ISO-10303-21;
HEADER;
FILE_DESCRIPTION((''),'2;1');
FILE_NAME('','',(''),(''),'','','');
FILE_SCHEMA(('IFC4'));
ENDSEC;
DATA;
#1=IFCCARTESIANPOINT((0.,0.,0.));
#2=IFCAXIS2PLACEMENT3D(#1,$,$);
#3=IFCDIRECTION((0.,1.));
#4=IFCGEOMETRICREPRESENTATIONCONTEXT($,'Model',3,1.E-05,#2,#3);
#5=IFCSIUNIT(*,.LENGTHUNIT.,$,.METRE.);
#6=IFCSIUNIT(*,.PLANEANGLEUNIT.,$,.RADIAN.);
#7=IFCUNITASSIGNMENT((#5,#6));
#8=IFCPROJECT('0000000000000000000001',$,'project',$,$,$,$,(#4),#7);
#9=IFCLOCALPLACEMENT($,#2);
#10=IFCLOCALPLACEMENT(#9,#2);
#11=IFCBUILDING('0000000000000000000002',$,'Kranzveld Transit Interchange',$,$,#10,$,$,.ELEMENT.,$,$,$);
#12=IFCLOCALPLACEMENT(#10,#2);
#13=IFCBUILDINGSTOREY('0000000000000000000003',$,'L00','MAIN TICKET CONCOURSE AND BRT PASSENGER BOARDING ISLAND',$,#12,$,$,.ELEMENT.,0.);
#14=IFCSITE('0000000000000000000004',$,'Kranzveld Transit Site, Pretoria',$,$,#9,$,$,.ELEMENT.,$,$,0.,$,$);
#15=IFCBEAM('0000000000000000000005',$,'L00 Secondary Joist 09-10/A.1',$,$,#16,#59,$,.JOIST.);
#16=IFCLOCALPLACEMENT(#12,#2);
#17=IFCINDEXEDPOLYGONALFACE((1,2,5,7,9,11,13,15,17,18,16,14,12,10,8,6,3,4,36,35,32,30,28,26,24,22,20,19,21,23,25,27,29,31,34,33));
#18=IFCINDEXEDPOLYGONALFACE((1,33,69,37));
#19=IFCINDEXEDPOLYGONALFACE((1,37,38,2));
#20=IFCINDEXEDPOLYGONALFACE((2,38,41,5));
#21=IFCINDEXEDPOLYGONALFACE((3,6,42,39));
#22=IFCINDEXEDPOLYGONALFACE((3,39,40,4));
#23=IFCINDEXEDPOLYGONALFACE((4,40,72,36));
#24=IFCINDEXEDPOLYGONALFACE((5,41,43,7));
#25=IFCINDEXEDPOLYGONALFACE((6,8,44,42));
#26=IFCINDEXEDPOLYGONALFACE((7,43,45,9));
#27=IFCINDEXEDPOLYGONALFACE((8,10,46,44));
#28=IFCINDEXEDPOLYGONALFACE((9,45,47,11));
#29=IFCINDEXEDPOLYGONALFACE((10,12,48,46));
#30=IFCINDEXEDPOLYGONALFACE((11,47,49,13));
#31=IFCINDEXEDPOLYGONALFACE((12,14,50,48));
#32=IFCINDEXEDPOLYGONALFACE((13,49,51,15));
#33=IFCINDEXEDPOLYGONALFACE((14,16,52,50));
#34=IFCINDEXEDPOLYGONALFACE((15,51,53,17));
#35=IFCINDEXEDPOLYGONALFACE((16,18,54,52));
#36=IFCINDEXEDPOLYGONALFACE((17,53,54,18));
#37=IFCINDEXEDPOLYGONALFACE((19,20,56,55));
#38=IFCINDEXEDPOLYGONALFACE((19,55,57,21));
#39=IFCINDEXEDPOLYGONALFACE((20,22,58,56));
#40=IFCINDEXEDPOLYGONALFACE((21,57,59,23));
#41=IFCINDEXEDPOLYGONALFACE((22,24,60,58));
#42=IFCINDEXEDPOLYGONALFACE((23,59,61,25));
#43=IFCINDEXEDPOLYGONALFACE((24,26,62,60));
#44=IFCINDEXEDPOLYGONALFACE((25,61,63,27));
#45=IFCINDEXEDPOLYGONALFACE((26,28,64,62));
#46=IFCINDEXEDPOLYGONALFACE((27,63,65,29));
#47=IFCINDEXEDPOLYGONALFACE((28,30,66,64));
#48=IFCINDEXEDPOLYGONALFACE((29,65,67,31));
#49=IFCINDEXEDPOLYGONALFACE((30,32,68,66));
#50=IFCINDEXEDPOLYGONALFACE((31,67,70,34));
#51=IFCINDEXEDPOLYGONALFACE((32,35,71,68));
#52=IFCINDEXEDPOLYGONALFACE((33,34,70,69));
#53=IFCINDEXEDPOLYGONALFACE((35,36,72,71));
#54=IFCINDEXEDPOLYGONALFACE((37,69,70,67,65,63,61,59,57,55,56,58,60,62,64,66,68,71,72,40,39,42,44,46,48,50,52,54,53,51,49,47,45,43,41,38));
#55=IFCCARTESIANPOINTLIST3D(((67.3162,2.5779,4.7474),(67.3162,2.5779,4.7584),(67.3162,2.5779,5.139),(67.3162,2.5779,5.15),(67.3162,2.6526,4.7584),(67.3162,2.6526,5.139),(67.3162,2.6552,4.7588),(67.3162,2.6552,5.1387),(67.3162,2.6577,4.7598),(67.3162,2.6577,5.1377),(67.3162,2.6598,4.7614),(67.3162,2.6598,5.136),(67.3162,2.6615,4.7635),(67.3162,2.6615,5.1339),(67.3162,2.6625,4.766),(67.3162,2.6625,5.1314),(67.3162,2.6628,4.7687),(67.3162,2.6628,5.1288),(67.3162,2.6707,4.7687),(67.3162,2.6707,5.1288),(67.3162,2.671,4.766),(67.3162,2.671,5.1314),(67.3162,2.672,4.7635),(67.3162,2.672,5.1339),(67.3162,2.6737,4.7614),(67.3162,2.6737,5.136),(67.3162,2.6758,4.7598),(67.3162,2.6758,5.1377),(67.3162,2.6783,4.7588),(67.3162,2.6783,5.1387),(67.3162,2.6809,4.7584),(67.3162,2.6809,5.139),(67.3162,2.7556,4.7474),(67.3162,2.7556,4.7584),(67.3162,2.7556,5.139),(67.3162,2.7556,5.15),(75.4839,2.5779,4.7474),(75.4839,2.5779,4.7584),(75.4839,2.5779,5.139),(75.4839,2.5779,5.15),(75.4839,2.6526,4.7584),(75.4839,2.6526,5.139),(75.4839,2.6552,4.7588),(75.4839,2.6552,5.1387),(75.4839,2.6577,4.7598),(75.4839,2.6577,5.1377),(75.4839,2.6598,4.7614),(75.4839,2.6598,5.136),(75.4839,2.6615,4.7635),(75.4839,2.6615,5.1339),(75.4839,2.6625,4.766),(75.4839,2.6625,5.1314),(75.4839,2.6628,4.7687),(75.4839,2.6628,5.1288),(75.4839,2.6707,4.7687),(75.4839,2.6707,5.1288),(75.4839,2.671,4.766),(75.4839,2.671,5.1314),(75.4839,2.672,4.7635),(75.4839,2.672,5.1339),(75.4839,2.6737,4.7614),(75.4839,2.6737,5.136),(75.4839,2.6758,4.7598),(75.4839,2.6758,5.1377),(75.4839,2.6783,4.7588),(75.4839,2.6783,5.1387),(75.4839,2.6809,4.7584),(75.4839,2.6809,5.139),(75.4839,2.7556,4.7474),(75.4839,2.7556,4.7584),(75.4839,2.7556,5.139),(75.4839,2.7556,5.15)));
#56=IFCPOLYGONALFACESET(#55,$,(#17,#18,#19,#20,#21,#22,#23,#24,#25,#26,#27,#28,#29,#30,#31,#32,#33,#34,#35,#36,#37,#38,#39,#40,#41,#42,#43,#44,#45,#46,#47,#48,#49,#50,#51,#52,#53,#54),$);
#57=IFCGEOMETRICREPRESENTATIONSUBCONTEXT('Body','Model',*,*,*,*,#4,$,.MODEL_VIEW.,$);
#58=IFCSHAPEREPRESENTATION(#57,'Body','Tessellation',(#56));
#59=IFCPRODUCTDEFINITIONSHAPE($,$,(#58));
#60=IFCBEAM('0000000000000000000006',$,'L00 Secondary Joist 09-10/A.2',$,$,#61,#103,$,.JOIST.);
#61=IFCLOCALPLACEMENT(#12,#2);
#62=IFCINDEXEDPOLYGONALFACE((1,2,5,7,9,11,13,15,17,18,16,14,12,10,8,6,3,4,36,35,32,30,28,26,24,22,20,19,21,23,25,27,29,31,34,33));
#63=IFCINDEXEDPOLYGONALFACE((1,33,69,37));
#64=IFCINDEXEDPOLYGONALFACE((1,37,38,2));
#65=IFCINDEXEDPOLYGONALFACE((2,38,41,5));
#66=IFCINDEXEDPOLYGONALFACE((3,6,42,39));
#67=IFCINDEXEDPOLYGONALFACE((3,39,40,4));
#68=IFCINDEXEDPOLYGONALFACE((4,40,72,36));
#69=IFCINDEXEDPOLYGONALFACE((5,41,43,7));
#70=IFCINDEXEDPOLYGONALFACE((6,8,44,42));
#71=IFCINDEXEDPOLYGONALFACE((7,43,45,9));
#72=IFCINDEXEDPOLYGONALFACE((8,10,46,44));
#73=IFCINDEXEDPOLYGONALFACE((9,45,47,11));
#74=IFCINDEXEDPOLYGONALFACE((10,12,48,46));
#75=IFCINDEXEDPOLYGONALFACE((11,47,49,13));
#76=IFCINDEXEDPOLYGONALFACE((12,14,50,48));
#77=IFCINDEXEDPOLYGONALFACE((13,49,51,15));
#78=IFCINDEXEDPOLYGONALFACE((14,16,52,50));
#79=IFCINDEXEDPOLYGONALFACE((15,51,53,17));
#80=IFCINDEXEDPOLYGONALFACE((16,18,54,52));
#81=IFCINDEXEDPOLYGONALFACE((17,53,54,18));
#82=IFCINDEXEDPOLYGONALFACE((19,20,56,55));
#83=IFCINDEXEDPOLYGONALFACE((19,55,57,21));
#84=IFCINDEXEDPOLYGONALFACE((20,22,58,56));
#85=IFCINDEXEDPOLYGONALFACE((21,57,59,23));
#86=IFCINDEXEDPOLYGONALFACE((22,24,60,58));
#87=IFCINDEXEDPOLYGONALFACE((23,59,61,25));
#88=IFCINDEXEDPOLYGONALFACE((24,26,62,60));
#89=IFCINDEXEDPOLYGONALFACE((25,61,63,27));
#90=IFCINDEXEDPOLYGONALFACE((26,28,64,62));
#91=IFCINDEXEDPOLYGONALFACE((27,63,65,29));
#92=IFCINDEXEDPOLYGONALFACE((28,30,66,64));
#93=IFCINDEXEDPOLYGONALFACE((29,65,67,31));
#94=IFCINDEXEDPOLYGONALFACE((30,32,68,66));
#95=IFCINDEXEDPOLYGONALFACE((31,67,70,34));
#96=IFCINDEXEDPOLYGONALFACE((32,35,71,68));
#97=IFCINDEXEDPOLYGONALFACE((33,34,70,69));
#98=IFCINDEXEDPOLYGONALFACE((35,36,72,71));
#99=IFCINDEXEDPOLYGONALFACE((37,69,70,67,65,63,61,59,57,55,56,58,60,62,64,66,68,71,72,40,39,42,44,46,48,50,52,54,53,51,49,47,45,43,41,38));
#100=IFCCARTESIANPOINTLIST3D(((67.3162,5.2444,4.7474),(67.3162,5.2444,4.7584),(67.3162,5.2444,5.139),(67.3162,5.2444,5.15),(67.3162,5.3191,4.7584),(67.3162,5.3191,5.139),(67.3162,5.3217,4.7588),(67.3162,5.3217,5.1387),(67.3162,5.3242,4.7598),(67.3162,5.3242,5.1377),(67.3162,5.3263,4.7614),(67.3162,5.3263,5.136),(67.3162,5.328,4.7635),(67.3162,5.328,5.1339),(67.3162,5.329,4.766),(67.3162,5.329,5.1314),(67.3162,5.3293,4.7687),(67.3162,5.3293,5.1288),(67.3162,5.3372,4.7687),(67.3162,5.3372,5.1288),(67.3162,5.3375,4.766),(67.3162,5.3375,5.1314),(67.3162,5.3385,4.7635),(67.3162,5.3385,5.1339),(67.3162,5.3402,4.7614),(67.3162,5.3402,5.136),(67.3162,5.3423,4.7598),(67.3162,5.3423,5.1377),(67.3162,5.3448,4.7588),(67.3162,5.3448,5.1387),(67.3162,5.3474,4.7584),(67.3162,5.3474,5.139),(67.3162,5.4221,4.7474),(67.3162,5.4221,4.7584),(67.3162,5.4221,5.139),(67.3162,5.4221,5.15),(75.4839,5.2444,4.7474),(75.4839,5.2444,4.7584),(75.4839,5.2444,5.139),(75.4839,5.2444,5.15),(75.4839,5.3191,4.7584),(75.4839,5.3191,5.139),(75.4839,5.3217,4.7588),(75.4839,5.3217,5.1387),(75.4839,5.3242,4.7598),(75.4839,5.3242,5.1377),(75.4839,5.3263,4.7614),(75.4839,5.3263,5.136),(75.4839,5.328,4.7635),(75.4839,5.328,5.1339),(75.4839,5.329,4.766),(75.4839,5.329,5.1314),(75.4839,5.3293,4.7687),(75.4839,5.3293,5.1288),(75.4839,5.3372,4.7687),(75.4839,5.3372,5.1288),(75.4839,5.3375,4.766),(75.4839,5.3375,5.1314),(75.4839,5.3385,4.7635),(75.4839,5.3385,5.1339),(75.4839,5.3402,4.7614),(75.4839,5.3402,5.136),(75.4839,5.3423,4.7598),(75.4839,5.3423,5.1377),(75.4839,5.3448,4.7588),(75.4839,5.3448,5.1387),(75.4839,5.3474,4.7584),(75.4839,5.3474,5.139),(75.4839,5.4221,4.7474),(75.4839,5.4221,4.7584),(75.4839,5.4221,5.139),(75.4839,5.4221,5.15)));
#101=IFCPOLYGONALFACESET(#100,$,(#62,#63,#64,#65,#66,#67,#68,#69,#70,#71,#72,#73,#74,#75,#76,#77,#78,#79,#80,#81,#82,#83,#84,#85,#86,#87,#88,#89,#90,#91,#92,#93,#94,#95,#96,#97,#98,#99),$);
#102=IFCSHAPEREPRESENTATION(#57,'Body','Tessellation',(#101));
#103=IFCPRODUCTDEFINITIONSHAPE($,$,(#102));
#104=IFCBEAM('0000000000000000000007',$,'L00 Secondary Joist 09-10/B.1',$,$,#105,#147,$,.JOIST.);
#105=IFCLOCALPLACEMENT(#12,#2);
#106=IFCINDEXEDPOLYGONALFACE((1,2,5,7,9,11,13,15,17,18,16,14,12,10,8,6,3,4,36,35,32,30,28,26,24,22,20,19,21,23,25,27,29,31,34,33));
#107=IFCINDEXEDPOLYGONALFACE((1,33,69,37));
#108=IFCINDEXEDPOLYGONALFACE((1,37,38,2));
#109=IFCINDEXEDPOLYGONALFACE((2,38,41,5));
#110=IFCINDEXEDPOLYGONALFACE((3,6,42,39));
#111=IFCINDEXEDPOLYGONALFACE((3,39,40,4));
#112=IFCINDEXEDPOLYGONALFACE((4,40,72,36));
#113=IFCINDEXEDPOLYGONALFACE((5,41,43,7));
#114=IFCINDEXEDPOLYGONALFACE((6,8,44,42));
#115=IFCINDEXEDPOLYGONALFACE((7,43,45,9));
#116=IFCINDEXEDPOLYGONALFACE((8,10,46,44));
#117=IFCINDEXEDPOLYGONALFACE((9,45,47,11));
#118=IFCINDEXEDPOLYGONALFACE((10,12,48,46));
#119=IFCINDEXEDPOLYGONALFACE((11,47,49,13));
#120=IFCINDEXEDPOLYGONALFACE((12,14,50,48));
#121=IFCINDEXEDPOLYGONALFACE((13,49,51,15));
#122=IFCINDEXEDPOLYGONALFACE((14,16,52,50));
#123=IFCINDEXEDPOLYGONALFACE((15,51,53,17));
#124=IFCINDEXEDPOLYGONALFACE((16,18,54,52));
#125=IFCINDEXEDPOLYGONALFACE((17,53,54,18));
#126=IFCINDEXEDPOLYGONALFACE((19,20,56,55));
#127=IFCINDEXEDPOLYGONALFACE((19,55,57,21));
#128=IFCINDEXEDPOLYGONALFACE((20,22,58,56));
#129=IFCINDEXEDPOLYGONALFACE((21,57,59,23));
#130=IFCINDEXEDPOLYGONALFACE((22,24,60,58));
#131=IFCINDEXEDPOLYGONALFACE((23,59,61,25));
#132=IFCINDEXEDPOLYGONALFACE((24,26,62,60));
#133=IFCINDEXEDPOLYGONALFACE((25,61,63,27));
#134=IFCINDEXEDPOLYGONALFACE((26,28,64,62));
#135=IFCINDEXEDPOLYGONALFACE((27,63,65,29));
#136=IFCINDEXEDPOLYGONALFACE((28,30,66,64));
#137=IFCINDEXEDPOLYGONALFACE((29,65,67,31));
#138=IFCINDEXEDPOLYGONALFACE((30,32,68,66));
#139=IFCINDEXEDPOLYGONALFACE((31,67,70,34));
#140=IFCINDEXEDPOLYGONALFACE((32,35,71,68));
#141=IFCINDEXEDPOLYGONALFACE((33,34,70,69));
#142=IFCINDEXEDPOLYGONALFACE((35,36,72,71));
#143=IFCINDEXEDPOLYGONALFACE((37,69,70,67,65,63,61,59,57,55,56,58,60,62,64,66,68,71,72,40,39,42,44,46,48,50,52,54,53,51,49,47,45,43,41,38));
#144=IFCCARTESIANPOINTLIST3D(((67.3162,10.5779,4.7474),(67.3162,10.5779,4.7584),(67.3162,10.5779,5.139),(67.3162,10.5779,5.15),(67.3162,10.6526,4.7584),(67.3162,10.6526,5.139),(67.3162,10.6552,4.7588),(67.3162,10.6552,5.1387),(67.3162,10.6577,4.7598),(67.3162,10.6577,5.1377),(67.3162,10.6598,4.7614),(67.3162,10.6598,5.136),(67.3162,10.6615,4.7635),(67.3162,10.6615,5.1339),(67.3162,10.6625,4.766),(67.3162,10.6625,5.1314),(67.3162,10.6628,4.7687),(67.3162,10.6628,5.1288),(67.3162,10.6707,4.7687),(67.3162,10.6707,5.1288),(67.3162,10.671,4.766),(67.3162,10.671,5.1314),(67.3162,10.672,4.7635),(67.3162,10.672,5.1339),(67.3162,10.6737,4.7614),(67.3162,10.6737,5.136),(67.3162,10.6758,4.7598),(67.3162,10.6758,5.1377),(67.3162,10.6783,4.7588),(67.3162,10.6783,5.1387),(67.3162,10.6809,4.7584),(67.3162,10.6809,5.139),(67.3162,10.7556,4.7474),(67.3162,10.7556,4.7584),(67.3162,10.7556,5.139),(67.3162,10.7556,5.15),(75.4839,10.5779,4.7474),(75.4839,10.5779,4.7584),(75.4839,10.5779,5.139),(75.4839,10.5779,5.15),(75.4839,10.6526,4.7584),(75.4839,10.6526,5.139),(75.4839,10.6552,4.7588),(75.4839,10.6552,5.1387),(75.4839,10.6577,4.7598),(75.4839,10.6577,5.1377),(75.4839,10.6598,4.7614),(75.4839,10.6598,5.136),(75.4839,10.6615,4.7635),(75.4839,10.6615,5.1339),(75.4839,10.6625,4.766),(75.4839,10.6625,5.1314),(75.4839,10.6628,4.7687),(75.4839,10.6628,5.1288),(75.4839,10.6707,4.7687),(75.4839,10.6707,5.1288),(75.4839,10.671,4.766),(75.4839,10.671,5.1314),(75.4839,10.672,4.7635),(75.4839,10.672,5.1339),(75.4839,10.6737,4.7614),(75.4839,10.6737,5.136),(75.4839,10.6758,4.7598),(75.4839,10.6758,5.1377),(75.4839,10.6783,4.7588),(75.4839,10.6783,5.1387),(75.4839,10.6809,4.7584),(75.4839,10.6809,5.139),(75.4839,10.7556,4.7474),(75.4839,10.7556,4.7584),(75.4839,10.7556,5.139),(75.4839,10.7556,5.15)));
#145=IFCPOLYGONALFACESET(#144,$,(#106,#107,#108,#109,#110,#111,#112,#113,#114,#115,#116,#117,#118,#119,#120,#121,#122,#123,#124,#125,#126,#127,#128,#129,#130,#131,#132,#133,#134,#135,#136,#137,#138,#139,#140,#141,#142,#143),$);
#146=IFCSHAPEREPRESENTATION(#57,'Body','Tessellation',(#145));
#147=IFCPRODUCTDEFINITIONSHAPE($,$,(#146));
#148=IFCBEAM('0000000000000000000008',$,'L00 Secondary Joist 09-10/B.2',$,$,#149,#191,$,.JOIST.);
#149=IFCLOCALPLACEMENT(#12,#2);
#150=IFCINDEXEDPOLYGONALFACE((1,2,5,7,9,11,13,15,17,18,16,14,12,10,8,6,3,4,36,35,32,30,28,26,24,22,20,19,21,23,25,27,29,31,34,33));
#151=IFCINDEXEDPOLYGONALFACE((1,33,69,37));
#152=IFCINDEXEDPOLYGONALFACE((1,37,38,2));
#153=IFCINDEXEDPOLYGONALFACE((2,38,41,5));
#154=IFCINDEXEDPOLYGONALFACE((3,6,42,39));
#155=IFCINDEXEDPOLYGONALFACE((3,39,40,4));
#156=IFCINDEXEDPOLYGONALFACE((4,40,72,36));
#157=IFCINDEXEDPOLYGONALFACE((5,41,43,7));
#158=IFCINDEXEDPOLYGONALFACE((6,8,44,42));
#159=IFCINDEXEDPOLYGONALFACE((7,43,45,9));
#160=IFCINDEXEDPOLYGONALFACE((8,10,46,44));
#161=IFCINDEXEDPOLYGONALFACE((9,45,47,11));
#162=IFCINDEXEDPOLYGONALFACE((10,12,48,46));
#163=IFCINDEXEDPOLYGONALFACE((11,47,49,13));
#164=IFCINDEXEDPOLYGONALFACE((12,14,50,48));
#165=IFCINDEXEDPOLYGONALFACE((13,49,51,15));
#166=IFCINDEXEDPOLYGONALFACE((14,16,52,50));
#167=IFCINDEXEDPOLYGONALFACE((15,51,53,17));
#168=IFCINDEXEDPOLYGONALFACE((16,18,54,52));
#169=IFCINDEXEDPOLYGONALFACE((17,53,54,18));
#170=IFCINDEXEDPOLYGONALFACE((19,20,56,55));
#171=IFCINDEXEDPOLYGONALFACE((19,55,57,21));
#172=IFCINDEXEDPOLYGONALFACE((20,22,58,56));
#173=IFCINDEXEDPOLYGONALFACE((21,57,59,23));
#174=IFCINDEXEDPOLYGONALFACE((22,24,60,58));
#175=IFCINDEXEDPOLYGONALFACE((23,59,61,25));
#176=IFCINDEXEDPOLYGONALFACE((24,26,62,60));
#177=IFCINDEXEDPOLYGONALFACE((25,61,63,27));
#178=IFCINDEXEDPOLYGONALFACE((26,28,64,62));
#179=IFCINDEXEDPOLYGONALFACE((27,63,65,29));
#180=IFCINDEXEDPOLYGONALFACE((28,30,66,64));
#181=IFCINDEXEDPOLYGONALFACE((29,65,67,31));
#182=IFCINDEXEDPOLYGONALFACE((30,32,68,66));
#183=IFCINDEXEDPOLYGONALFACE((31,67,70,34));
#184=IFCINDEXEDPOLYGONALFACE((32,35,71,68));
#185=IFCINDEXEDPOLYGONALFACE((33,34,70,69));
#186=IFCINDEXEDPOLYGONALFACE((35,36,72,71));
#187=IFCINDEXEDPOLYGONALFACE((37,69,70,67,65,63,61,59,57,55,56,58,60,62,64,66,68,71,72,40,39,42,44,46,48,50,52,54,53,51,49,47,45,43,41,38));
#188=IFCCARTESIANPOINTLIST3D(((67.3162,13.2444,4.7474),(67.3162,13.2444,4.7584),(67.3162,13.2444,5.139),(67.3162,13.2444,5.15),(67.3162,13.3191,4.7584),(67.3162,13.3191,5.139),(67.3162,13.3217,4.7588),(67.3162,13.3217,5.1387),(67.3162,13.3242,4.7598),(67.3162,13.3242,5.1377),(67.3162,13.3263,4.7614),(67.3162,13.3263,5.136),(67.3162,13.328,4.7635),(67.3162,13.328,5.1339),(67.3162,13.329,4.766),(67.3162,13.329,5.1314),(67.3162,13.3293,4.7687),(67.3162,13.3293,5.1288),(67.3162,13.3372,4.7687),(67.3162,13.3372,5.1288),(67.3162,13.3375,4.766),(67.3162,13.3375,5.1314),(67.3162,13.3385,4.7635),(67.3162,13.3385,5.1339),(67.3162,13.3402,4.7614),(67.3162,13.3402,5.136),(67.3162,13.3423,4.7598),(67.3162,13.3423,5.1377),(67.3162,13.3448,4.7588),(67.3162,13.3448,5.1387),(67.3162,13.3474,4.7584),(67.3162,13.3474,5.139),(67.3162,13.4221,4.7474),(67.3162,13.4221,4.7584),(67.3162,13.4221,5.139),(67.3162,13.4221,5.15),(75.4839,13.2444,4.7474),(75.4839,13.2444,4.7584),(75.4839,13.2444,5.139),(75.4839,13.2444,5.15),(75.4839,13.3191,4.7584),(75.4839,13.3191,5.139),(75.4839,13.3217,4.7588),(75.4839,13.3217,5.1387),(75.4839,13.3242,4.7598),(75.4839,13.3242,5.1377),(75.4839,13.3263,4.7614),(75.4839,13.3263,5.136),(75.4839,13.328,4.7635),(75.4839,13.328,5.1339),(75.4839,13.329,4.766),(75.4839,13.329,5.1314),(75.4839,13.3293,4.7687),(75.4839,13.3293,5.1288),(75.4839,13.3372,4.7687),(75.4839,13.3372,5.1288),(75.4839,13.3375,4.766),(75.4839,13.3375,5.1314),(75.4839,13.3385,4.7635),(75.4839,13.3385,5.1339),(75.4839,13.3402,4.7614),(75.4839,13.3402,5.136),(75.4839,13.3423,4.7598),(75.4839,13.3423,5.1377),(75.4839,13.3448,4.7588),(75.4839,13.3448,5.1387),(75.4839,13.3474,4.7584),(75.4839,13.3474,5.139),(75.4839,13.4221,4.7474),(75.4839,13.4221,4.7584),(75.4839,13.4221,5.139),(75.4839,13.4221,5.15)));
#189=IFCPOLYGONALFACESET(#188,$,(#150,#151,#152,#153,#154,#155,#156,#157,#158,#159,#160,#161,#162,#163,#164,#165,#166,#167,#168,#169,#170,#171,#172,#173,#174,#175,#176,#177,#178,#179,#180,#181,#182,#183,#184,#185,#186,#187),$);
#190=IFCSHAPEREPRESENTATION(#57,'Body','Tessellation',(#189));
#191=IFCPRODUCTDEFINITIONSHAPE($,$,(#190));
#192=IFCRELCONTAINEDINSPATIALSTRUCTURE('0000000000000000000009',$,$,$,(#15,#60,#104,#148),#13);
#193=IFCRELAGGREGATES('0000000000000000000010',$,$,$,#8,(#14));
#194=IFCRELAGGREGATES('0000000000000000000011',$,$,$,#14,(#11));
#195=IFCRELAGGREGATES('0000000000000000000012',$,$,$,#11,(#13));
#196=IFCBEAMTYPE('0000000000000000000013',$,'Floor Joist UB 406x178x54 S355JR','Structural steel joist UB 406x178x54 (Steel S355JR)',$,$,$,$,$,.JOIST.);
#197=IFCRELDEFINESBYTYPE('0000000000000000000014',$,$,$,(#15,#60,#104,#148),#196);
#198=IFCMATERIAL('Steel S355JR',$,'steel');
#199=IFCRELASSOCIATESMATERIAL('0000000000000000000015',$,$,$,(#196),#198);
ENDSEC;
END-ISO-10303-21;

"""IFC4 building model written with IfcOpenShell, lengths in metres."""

from ifc_helpers import new_model, si_unit, direction, frame, origin, origin_2d, place, context, subcontext, project, spatial, i_section, extrude, material, material_profile, profile_set, type_object, element, save


model = new_model("IFC4")

# Units and contexts
model_context = context("Model", 3, precision=1e-05, world=origin(), true_north=direction((0.0, 1.0)))
body_context = subcontext(model_context, "Body", "Model", "MODEL_VIEW")
ifc_project = project(units=[si_unit("LENGTHUNIT", "METRE"), si_unit("PLANEANGLEUNIT", "RADIAN")], contexts=[model_context])

# Site, building, storey
site_placement = place(None, origin())
site = spatial("IfcSite", under=ifc_project, at=site_placement, Name="Kranzveld Transit Site, Pretoria", CompositionType="ELEMENT", RefElevation=0.0)
building_placement = place(site_placement, origin())
building = spatial("IfcBuilding", under=site, at=building_placement, Name="Kranzveld Transit Interchange", CompositionType="ELEMENT")
storey_placement = place(building_placement, origin())
storey = spatial("IfcBuildingStorey", under=building, at=storey_placement, Name="L00", Description="MAIN TICKET CONCOURSE AND BRT PASSENGER BOARDING ISLAND", CompositionType="ELEMENT", Elevation=0.0)

# Beams
ifc_material_1 = material(Name="Steel S355JR", Category="steel")
ifc_material_profile_1 = material_profile(ifc_material_1, i_section(OverallWidth=0.1777, OverallDepth=0.4026, WebThickness=0.0078, FlangeThickness=0.011, FilletRadius=0.0103, at=origin_2d()), Name="UB 406x178x54")
ifc_profile_set_1 = profile_set([ifc_material_profile_1], Name="Steel S355JR")
beam_type_1 = type_object("IfcBeamType", Name="Floor Joist UB 406x178x54 S355JR", Description="Structural steel joist UB 406x178x54 (Steel S355JR)", PredefinedType="JOIST", material=ifc_profile_set_1)
for number, where, z_axis, x_axis, name in (
    (1, (67.3162, 2.6667, 4.9487), (1.0, 0.0, 0.0), (0.0, 1.0, 0.0), "L00 Secondary Joist 09-10/A.1"),
    (2, (67.3162, 5.3333, 4.9487), (1.0, 0.0, 0.0), (0.0, 1.0, 0.0), "L00 Secondary Joist 09-10/A.2"),
    (3, (67.3162, 10.6667, 4.9487), (1.0, 0.0, 0.0), (0.0, 1.0, 0.0), "L00 Secondary Joist 09-10/B.1"),
    (4, (67.3162, 13.3333, 4.9487), (1.0, 0.0, 0.0), (0.0, 1.0, 0.0), "L00 Secondary Joist 09-10/B.2"),
):
    element("IfcBeam", number, at=place(storey_placement, frame(where, z_axis=z_axis, x_axis=x_axis)), inside=storey, type_object=beam_type_1, Name=name, PredefinedType="JOIST", context=body_context, shape_type="SweptSolid", body=[
        extrude(i_section(OverallWidth=0.1777, OverallDepth=0.4026, WebThickness=0.0078, FlangeThickness=0.011, FilletRadius=0.0103, at=origin_2d()), origin(), (0.0, 0.0, 1.0), 8.1677),
    ])

save(model, "model.ifc")
